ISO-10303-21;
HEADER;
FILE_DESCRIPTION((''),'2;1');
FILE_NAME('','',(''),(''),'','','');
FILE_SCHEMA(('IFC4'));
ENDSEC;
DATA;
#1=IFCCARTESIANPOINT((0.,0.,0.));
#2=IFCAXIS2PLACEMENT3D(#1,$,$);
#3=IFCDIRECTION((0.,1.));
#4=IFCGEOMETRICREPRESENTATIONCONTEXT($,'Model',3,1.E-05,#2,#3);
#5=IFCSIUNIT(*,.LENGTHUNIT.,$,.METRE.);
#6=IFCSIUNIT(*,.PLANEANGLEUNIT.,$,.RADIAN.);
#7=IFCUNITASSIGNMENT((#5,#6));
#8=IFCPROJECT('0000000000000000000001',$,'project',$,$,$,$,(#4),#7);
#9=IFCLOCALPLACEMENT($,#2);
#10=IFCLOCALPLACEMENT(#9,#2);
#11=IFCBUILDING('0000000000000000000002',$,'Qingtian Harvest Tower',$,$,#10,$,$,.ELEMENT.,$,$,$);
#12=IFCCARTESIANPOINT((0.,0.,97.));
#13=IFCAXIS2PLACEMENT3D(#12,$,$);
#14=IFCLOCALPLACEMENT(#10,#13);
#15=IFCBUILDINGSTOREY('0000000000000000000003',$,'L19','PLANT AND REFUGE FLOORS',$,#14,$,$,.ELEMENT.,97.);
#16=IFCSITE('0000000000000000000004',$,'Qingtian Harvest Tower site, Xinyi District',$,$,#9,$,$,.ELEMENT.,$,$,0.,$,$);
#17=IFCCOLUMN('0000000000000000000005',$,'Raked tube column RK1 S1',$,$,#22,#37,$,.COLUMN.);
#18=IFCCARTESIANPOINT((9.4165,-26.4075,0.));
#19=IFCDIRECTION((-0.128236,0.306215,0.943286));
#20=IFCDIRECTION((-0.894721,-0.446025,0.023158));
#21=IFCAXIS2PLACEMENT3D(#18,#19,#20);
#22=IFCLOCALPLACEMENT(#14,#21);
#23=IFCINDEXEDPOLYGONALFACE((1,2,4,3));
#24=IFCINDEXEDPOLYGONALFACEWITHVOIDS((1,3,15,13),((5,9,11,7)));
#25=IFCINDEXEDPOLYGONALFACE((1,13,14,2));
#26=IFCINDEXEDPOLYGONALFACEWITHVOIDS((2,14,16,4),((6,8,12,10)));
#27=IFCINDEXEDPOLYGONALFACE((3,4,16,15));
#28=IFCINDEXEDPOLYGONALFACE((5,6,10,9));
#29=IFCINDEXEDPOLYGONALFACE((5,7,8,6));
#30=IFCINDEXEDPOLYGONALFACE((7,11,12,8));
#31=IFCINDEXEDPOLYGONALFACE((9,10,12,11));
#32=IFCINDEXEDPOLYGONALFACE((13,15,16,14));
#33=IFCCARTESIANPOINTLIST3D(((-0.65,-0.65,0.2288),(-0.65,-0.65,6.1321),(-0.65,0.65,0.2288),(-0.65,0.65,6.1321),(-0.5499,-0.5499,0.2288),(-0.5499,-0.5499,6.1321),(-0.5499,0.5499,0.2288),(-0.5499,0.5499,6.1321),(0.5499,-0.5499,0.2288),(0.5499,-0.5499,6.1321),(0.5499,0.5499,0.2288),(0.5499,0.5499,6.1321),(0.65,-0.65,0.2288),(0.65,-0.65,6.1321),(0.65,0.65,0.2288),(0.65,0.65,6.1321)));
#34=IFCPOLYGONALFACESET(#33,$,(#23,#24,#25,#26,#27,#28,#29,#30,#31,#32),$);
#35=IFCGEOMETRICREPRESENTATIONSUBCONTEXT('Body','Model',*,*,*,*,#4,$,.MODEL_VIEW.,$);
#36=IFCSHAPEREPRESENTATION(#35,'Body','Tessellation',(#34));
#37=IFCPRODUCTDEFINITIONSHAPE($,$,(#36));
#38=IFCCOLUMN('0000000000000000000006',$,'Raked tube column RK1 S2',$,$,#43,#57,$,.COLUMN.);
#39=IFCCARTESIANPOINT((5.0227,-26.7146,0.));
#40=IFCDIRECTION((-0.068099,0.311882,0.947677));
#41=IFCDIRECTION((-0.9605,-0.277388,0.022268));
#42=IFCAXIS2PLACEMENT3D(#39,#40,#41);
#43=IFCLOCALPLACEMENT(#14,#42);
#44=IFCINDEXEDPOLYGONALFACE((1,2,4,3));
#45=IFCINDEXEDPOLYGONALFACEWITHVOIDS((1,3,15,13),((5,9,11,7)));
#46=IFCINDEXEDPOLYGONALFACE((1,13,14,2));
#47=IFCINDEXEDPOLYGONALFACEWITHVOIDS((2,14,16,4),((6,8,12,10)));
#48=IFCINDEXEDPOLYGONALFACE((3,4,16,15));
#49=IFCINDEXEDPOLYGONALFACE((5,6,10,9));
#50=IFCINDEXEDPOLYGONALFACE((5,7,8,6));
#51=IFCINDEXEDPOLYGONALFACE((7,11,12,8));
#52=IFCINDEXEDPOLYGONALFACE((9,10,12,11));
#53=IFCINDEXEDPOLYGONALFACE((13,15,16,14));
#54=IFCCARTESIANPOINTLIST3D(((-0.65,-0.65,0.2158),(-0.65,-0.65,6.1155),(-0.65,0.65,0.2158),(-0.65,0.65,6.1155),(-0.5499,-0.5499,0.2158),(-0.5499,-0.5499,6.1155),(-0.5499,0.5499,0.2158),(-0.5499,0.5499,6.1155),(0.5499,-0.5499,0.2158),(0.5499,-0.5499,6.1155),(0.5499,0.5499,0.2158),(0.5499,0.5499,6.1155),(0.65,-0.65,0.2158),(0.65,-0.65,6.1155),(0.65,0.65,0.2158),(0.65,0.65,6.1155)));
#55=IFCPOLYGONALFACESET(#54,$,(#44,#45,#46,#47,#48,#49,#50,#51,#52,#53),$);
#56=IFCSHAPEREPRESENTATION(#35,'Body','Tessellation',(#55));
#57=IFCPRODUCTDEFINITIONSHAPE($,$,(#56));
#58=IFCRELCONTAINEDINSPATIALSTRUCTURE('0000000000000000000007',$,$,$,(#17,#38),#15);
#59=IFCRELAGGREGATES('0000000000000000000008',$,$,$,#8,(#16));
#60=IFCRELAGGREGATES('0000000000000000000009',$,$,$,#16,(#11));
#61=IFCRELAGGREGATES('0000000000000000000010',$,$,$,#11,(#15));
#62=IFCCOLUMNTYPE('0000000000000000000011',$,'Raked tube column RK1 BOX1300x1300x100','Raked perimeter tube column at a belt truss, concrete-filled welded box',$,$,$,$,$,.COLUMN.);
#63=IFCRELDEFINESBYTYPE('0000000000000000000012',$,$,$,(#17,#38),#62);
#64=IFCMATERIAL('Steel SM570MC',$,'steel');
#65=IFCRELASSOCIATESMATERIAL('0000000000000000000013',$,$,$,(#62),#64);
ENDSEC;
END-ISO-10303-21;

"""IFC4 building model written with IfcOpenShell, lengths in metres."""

from ifc_helpers import new_model, si_unit, direction, frame, origin, origin_2d, place, context, subcontext, project, spatial, hollow_rectangle, extrude, clip, halfspace, material, material_profile, profile_set, type_object, element, save


model = new_model("IFC4")

# Units and contexts
model_context = context("Model", 3, precision=1e-05, world=origin(), true_north=direction((0.0, 1.0)))
body_context = subcontext(model_context, "Body", "Model", "MODEL_VIEW")
ifc_project = project(units=[si_unit("LENGTHUNIT", "METRE"), si_unit("PLANEANGLEUNIT", "RADIAN")], contexts=[model_context])

# Site, building, storey
site_placement = place(None, origin())
site = spatial("IfcSite", under=ifc_project, at=site_placement, Name="Qingtian Harvest Tower site, Xinyi District", CompositionType="ELEMENT", RefElevation=0.0)
building_placement = place(site_placement, origin())
building = spatial("IfcBuilding", under=site, at=building_placement, Name="Qingtian Harvest Tower", CompositionType="ELEMENT")
storey_placement = place(building_placement, frame((0.0, 0.0, 97.0)))
storey = spatial("IfcBuildingStorey", under=building, at=storey_placement, Name="L19", Description="PLANT AND REFUGE FLOORS", CompositionType="ELEMENT", Elevation=97.0)

# Columns
ifc_material_1 = material(Name="Steel SM570MC", Category="steel")
ifc_material_profile_1 = material_profile(ifc_material_1, hollow_rectangle(XDim=1.3, YDim=1.3, WallThickness=0.1001, at=origin_2d()), Name="BOX1300x1300x100")
ifc_profile_set_1 = profile_set([ifc_material_profile_1], Name="Steel SM570MC")
column_type = type_object("IfcColumnType", Name="Raked tube column RK1 BOX1300x1300x100", Description="Raked perimeter tube column at a belt truss, concrete-filled welded box", PredefinedType="COLUMN", material=ifc_profile_set_1)
column_1_placement = place(storey_placement, frame((9.4165, -26.4075, 0.0), z_axis=(-0.128236, 0.306215, 0.943286), x_axis=(-0.894721, -0.446025, 0.023158)))
element("IfcColumn", 1, at=column_1_placement, inside=storey, type_object=column_type, Name="Raked tube column RK1 S1", PredefinedType="COLUMN", context=body_context, shape_type="Clipping", body=[
    clip(clip(extrude(hollow_rectangle(XDim=1.3, YDim=1.3, WallThickness=0.1001, at=origin_2d()), origin(), (0.0, 0.0, 1.0), 6.3608), halfspace(frame((0.0, 0.0, 0.2288), z_axis=(0.0, 0.0, -1.0), x_axis=(0.0, -1.0, 0.0)), False)), halfspace(frame((0.0, 0.0, 6.1321), z_axis=(0.0, 0.0, 1.0), x_axis=(0.0, 1.0, 0.0)), False)),
])
column_2_placement = place(storey_placement, frame((5.0227, -26.7146, 0.0), z_axis=(-0.068099, 0.311882, 0.947677), x_axis=(-0.9605, -0.277388, 0.022268)))
element("IfcColumn", 2, at=column_2_placement, inside=storey, type_object=column_type, Name="Raked tube column RK1 S2", PredefinedType="COLUMN", context=body_context, shape_type="Clipping", body=[
    clip(clip(extrude(hollow_rectangle(XDim=1.3, YDim=1.3, WallThickness=0.1001, at=origin_2d()), origin(), (0.0, 0.0, 1.0), 6.3313), halfspace(frame((0.0, 0.0, 0.2158), z_axis=(0.0, 0.0, -1.0), x_axis=(0.0, -1.0, 0.0)), False)), halfspace(frame((0.0, 0.0, 6.1155), z_axis=(0.0, 0.0, 1.0), x_axis=(0.0, 1.0, 0.0)), False)),
])

save(model, "model.ifc")
